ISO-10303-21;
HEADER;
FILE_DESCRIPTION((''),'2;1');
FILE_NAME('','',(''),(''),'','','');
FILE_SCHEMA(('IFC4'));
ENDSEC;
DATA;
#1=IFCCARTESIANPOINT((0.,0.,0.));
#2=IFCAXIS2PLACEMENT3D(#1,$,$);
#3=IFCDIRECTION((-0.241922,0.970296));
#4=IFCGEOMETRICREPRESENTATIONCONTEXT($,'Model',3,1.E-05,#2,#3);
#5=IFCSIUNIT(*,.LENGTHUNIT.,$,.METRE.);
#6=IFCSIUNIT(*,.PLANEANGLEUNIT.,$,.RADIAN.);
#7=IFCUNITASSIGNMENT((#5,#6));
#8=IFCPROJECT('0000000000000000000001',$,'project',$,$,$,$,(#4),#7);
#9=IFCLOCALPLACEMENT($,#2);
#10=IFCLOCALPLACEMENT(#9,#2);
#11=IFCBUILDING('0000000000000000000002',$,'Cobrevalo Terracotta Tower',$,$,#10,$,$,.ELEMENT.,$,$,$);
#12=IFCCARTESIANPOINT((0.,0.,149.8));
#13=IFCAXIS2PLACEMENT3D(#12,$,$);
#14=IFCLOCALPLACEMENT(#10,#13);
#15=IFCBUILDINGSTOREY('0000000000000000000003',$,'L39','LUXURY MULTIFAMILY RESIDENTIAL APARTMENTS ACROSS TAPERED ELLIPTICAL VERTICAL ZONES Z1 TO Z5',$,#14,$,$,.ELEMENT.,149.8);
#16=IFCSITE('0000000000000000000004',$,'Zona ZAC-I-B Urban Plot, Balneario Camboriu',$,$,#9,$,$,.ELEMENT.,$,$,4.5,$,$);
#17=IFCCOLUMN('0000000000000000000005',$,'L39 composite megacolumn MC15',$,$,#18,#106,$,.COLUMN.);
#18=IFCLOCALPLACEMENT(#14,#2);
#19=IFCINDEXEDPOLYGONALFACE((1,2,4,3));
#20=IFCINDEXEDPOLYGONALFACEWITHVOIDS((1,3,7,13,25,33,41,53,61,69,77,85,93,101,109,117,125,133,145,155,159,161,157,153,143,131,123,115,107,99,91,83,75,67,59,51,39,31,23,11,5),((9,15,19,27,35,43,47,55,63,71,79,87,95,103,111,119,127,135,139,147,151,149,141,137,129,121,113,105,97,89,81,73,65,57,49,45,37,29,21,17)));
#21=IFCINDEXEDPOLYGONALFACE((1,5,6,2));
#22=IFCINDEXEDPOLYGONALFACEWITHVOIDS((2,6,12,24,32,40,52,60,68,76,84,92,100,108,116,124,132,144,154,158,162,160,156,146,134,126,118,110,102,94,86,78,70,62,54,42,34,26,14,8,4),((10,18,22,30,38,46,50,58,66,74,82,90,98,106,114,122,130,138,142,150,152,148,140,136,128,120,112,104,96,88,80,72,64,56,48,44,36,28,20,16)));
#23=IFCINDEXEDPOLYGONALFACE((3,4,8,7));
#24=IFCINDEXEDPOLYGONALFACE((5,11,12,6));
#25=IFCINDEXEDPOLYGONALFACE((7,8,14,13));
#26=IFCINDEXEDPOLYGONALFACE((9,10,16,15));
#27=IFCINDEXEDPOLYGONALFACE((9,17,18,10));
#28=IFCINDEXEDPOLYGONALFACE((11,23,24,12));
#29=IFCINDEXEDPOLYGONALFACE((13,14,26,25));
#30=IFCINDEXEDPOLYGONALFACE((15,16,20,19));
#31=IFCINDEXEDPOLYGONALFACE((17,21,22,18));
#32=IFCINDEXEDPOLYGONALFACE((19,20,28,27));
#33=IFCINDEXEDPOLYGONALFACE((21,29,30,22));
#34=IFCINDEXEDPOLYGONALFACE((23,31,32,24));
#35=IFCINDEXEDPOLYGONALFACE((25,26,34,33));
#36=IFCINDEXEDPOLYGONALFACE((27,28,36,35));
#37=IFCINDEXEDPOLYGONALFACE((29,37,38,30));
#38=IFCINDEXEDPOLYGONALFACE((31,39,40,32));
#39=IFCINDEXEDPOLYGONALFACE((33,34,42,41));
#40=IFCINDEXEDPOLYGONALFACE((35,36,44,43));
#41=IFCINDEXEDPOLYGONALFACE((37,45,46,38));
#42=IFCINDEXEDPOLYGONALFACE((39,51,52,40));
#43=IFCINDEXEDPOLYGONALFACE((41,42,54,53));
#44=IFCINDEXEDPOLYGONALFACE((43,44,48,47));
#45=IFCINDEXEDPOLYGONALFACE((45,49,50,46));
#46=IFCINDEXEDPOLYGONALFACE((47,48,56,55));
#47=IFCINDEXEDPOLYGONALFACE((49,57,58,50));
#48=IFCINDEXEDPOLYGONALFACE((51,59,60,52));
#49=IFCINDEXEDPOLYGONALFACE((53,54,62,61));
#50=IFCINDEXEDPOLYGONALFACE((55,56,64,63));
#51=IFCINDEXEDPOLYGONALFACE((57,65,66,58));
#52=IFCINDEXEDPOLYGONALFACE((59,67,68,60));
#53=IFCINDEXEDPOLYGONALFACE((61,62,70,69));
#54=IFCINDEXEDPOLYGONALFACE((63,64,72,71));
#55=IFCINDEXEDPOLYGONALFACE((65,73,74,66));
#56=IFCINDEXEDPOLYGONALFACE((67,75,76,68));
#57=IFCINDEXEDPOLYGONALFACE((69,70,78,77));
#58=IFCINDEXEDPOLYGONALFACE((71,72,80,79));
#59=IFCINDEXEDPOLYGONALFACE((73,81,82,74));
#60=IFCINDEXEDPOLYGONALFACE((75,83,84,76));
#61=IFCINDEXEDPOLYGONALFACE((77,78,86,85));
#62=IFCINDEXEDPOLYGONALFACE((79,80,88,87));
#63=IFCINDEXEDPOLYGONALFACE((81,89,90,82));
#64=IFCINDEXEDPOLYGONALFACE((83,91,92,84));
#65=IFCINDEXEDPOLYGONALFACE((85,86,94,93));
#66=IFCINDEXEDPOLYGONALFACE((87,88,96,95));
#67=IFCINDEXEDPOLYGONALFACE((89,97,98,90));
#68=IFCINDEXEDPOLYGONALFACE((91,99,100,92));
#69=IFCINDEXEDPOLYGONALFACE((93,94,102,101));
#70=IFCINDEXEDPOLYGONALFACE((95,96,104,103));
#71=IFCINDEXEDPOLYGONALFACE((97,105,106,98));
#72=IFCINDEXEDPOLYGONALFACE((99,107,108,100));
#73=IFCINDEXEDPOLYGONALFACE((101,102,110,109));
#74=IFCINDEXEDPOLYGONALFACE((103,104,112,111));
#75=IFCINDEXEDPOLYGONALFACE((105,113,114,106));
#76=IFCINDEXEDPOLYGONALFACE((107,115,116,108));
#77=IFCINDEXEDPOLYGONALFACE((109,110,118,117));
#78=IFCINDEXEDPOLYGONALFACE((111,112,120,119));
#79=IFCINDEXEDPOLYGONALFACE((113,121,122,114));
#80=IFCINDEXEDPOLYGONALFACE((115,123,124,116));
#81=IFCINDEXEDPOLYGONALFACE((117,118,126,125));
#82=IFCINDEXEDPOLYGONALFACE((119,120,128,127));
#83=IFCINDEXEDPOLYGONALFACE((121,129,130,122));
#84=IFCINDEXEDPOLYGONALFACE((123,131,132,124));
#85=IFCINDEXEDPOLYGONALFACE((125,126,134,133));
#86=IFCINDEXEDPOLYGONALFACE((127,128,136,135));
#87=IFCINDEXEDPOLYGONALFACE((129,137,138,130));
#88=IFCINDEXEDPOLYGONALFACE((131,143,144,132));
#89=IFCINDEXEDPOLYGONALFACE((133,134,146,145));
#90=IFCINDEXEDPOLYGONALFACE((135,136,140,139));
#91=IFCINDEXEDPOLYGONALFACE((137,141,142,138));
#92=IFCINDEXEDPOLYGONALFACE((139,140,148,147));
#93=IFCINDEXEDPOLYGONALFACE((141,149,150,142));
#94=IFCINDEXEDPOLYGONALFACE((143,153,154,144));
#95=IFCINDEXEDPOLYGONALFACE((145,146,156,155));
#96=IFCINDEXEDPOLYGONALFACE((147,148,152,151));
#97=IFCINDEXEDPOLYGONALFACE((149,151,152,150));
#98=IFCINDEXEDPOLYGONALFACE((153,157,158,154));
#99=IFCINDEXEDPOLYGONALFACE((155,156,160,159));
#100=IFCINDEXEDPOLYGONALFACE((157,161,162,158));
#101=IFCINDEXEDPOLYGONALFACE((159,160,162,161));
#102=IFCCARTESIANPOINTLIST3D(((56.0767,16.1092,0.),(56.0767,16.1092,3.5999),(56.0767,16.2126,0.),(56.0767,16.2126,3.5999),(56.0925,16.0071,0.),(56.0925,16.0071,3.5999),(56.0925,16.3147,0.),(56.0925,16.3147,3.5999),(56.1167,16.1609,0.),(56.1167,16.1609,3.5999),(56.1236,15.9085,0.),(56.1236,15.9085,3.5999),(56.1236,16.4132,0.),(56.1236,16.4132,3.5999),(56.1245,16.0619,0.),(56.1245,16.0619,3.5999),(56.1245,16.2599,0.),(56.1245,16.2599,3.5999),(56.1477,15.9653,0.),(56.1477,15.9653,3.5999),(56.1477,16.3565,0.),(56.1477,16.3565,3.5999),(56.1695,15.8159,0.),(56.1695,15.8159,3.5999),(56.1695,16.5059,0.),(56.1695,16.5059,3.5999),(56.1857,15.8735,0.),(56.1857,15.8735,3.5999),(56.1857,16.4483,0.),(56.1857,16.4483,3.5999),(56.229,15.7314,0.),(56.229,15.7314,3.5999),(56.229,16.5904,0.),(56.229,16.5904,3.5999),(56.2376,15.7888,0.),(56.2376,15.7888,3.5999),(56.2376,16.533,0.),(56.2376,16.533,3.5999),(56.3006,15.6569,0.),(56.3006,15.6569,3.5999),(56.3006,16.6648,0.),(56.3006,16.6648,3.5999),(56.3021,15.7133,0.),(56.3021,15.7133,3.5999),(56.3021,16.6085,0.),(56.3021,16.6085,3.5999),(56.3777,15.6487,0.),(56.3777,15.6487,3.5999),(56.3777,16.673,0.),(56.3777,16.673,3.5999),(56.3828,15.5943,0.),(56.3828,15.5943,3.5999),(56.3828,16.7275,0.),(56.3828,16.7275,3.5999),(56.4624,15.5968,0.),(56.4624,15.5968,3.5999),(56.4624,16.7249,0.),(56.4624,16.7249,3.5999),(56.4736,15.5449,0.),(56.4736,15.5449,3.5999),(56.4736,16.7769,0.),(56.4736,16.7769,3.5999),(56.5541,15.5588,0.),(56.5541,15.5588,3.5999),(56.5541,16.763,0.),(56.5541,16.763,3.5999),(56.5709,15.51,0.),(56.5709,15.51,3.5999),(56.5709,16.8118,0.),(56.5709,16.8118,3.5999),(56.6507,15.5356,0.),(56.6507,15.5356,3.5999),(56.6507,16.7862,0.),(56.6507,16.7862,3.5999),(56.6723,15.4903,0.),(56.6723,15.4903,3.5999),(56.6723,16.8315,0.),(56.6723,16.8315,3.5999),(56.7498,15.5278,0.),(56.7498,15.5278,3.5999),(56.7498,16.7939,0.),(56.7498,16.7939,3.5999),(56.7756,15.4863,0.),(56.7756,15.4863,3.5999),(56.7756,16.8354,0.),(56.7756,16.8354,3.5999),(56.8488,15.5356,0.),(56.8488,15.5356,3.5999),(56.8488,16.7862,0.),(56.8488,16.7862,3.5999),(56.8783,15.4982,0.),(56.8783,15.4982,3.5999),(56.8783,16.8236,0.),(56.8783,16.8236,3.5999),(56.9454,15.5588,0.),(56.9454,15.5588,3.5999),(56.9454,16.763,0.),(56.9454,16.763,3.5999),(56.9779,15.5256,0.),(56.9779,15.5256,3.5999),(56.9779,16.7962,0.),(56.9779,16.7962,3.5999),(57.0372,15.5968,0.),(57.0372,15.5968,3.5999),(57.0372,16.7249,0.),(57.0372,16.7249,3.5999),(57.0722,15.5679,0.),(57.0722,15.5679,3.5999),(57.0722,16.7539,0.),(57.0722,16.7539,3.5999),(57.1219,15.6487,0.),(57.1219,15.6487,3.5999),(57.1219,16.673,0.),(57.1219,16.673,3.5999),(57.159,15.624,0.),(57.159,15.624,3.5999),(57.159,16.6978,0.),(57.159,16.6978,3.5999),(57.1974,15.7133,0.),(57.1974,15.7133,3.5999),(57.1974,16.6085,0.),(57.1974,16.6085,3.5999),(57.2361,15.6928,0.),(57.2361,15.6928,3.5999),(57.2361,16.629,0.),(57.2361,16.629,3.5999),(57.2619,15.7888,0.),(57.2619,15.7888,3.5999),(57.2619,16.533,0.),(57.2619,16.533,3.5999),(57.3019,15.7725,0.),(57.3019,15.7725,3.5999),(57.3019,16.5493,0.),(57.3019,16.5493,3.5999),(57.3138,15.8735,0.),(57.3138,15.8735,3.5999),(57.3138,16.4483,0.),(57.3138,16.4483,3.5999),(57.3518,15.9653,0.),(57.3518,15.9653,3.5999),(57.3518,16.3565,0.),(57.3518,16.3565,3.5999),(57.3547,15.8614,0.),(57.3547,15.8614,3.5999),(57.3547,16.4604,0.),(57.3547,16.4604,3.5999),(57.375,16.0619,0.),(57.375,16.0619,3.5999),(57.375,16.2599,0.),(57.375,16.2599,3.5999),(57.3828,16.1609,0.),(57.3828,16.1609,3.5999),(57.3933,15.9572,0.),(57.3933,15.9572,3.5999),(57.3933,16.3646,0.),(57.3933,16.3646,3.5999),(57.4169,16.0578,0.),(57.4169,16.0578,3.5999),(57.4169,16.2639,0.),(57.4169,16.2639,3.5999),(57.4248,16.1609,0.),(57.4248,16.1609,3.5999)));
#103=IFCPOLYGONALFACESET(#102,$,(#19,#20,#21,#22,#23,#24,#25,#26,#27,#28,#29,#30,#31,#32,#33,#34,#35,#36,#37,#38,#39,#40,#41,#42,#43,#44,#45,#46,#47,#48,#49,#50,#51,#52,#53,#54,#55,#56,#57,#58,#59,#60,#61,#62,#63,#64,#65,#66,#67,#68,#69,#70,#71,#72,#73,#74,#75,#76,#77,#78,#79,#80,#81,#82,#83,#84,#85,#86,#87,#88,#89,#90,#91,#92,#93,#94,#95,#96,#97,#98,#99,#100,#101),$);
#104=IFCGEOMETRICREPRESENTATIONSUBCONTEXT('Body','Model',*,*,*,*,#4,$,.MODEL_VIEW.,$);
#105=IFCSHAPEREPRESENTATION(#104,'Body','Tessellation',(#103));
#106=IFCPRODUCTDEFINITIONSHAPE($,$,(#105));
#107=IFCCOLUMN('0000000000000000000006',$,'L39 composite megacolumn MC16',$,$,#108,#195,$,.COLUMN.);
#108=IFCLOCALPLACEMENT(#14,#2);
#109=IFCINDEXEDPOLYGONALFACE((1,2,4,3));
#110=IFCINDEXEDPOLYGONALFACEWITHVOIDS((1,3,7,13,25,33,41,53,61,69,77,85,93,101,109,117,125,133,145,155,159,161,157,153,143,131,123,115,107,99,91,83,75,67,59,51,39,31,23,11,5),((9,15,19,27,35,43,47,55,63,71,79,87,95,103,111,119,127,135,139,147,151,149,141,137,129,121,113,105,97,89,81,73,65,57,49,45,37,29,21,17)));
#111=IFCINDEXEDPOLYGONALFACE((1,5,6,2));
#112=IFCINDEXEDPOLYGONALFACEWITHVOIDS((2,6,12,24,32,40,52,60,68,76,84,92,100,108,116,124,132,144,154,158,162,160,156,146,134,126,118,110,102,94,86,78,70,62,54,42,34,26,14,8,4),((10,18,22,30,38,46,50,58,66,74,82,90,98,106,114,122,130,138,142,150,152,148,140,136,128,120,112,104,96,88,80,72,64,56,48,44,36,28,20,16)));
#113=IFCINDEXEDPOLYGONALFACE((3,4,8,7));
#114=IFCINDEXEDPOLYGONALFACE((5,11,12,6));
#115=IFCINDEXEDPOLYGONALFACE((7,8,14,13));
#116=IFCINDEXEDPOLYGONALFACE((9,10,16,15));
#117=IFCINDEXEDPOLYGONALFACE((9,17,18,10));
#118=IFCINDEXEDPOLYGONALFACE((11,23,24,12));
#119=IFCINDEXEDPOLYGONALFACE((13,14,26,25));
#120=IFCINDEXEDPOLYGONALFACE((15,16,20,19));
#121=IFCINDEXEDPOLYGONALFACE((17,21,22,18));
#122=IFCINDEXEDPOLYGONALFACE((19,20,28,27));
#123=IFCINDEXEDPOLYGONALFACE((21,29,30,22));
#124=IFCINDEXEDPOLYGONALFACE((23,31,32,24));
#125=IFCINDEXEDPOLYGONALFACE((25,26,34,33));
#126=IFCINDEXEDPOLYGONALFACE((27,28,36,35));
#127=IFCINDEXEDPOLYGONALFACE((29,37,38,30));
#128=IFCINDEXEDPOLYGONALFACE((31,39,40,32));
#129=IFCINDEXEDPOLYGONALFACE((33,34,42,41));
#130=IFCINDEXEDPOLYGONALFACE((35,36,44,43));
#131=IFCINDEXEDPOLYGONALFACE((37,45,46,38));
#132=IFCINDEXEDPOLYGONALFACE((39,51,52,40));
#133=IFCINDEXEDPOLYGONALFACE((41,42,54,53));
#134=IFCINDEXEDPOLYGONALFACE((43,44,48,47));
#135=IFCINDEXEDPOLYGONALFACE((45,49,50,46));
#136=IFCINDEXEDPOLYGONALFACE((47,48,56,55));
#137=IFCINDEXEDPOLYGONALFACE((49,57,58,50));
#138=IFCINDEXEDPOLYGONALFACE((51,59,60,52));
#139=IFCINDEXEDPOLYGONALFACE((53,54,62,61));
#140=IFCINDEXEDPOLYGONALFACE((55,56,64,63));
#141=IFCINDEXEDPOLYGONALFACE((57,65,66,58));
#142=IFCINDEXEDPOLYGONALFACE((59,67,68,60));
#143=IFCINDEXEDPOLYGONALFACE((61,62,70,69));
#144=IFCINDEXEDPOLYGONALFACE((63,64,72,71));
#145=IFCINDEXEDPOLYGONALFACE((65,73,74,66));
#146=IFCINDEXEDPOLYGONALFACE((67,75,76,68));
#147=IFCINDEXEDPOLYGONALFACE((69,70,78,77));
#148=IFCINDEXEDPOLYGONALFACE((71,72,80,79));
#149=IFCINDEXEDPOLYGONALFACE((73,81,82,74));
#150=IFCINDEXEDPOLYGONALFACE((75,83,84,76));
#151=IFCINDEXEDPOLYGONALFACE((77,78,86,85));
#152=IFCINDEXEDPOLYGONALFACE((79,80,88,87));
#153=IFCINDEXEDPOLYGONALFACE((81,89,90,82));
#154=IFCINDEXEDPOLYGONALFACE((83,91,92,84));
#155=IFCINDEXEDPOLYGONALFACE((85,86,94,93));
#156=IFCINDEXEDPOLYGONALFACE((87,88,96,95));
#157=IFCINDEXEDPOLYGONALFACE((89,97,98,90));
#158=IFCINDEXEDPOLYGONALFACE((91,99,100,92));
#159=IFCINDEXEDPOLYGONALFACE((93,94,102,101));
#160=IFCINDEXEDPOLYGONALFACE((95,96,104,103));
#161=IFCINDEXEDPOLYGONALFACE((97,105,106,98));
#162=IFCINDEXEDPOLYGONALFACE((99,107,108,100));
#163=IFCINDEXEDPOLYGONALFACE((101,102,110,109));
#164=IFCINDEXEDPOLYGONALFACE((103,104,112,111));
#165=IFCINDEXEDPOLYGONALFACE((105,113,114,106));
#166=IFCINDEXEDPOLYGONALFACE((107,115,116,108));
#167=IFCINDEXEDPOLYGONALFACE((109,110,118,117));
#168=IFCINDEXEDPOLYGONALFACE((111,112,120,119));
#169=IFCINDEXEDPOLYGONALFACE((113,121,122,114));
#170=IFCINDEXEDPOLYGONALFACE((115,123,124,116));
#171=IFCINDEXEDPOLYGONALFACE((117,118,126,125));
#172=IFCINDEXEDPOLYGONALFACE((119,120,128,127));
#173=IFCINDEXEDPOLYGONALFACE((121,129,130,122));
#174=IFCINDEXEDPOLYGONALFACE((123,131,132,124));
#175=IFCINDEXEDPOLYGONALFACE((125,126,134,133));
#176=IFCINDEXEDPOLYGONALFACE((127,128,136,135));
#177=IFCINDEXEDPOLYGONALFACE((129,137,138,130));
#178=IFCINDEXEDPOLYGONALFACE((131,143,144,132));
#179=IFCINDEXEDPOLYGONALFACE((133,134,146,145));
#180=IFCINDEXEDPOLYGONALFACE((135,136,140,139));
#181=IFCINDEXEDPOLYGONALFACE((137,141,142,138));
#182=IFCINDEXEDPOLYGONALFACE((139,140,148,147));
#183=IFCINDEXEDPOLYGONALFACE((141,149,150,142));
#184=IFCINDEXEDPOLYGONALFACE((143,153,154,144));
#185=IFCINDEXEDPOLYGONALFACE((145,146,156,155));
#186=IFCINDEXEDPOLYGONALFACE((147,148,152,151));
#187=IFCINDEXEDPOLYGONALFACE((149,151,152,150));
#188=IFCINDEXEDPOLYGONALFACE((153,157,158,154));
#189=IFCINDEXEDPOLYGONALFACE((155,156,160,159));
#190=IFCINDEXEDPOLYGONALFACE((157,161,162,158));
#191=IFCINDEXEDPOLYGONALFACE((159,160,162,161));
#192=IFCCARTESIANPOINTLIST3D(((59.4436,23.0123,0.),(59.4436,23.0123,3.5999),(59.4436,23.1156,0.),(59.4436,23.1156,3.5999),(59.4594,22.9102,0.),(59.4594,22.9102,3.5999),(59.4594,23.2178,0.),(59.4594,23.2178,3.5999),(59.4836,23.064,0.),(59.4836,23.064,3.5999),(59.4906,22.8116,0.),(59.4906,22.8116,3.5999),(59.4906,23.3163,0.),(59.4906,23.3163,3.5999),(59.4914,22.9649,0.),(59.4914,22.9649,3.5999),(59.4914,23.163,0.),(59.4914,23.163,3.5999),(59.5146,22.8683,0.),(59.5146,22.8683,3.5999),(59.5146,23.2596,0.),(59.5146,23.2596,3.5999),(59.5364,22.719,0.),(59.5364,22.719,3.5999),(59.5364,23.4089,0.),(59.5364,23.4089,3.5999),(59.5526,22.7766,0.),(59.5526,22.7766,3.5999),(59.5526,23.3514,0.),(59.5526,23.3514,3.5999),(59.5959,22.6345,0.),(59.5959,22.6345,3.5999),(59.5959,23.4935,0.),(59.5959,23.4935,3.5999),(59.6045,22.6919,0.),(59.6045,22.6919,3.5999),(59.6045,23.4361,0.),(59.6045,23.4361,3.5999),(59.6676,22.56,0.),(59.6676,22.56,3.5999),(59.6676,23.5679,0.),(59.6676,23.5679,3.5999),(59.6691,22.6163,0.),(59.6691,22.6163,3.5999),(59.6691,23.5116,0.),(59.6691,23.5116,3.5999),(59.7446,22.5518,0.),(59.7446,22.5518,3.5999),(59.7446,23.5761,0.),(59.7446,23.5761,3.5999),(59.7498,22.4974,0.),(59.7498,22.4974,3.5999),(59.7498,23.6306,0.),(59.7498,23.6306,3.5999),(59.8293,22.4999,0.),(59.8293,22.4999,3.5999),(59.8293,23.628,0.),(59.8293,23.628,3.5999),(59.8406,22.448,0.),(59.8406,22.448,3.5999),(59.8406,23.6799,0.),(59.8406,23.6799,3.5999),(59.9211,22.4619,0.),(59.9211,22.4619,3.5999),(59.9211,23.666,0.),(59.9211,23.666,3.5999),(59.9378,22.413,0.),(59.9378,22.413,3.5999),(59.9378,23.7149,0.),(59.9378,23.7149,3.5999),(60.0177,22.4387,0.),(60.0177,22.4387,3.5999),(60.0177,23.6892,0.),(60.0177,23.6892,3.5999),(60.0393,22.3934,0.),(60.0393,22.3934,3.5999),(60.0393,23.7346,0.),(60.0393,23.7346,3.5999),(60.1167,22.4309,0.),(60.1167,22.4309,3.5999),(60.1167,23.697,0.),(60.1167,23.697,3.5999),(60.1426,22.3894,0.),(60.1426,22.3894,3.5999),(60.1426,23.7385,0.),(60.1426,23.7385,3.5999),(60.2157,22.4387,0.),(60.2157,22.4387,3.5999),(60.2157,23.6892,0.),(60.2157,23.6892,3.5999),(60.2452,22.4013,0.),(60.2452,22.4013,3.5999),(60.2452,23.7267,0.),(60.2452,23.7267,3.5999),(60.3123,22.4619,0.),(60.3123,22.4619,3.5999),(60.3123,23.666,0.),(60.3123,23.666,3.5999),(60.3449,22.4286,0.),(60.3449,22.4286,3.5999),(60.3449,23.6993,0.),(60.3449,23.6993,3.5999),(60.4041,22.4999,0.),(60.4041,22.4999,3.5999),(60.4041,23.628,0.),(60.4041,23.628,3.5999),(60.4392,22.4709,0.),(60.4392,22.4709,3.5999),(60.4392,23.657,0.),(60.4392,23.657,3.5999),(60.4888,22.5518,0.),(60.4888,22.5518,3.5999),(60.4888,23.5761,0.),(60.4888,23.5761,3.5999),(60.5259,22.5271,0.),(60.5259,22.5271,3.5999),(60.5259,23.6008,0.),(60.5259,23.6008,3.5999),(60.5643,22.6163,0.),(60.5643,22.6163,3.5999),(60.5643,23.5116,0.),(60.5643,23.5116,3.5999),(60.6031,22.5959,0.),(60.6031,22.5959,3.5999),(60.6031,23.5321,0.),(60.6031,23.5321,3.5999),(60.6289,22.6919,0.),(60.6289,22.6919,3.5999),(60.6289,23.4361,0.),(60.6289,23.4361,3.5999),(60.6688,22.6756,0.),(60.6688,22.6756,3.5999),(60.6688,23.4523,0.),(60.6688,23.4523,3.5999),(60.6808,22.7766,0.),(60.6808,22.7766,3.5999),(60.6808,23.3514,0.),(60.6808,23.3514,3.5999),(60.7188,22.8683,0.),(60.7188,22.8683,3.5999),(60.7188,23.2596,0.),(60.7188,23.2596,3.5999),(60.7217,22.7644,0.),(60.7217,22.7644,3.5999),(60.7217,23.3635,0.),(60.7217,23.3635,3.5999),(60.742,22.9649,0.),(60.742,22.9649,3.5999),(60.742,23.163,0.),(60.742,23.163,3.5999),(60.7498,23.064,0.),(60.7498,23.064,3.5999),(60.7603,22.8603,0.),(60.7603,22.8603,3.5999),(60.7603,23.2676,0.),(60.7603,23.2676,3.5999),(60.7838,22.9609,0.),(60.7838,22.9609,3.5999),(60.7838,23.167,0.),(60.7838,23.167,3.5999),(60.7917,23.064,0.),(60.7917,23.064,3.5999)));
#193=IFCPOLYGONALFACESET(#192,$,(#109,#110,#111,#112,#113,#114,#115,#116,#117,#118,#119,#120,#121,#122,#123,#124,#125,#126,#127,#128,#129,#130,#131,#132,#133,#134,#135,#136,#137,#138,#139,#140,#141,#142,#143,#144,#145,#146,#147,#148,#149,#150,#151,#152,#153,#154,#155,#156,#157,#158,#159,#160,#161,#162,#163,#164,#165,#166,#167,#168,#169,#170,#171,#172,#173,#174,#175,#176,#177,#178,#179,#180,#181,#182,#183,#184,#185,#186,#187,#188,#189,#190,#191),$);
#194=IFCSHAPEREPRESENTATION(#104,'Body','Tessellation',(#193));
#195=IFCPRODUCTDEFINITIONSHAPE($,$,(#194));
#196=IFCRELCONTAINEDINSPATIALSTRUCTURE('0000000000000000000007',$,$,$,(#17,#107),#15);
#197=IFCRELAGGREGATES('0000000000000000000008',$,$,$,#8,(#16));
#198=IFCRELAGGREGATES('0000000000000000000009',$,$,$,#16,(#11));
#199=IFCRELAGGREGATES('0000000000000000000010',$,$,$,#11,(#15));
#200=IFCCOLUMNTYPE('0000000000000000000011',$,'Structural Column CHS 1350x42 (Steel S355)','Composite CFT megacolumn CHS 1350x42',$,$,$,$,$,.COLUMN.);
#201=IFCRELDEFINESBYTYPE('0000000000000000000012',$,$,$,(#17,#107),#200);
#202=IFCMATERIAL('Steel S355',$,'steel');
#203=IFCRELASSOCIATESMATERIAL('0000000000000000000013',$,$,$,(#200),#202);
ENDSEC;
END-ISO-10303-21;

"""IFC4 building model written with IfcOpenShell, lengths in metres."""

from ifc_helpers import new_model, si_unit, direction, frame, origin, origin_2d, place, context, subcontext, project, spatial, hollow_circle, extrude, material, material_profile, profile_set, type_object, element, save


model = new_model("IFC4")

# Units and contexts
model_context = context("Model", 3, precision=1e-05, world=origin(), true_north=direction((-0.241922, 0.970296)))
body_context = subcontext(model_context, "Body", "Model", "MODEL_VIEW")
ifc_project = project(units=[si_unit("LENGTHUNIT", "METRE"), si_unit("PLANEANGLEUNIT", "RADIAN")], contexts=[model_context])

# Site, building, storey
site_placement = place(None, origin())
site = spatial("IfcSite", under=ifc_project, at=site_placement, Name="Zona ZAC-I-B Urban Plot, Balneario Camboriu", CompositionType="ELEMENT", RefElevation=4.5)
building_placement = place(site_placement, origin())
building = spatial("IfcBuilding", under=site, at=building_placement, Name="Cobrevalo Terracotta Tower", CompositionType="ELEMENT")
storey_placement = place(building_placement, frame((0.0, 0.0, 149.8)))
storey = spatial("IfcBuildingStorey", under=building, at=storey_placement, Name="L39", Description="LUXURY MULTIFAMILY RESIDENTIAL APARTMENTS ACROSS TAPERED ELLIPTICAL VERTICAL ZONES Z1 TO Z5", CompositionType="ELEMENT", Elevation=149.8)

# Columns
ifc_material_1 = material(Name="Steel S355", Category="steel")
ifc_material_profile_1 = material_profile(ifc_material_1, hollow_circle(Radius=0.675, WallThickness=0.042, at=origin_2d()), Name="CHS 1350x42")
ifc_profile_set_1 = profile_set([ifc_material_profile_1], Name="Steel S355")
column_type = type_object("IfcColumnType", Name="Structural Column CHS 1350x42 (Steel S355)", Description="Composite CFT megacolumn CHS 1350x42", PredefinedType="COLUMN", material=ifc_profile_set_1)
for number, where, z_axis, x_axis, name in (
    (1, (56.7498, 16.1609, 0.0), (0.0, 0.0, 1.0), (1.0, 0.0, 0.0), "L39 composite megacolumn MC15"),
    (2, (60.1167, 23.064, 0.0), (0.0, 0.0, 1.0), (1.0, 0.0, 0.0), "L39 composite megacolumn MC16"),
):
    element("IfcColumn", number, at=place(storey_placement, frame(where, z_axis=z_axis, x_axis=x_axis)), inside=storey, type_object=column_type, Name=name, PredefinedType="COLUMN", context=body_context, shape_type="SweptSolid", body=[
        extrude(hollow_circle(Radius=0.675, WallThickness=0.042, at=origin_2d()), origin(), (0.0, 0.0, 1.0), 3.5999),
    ])

save(model, "model.ifc")
